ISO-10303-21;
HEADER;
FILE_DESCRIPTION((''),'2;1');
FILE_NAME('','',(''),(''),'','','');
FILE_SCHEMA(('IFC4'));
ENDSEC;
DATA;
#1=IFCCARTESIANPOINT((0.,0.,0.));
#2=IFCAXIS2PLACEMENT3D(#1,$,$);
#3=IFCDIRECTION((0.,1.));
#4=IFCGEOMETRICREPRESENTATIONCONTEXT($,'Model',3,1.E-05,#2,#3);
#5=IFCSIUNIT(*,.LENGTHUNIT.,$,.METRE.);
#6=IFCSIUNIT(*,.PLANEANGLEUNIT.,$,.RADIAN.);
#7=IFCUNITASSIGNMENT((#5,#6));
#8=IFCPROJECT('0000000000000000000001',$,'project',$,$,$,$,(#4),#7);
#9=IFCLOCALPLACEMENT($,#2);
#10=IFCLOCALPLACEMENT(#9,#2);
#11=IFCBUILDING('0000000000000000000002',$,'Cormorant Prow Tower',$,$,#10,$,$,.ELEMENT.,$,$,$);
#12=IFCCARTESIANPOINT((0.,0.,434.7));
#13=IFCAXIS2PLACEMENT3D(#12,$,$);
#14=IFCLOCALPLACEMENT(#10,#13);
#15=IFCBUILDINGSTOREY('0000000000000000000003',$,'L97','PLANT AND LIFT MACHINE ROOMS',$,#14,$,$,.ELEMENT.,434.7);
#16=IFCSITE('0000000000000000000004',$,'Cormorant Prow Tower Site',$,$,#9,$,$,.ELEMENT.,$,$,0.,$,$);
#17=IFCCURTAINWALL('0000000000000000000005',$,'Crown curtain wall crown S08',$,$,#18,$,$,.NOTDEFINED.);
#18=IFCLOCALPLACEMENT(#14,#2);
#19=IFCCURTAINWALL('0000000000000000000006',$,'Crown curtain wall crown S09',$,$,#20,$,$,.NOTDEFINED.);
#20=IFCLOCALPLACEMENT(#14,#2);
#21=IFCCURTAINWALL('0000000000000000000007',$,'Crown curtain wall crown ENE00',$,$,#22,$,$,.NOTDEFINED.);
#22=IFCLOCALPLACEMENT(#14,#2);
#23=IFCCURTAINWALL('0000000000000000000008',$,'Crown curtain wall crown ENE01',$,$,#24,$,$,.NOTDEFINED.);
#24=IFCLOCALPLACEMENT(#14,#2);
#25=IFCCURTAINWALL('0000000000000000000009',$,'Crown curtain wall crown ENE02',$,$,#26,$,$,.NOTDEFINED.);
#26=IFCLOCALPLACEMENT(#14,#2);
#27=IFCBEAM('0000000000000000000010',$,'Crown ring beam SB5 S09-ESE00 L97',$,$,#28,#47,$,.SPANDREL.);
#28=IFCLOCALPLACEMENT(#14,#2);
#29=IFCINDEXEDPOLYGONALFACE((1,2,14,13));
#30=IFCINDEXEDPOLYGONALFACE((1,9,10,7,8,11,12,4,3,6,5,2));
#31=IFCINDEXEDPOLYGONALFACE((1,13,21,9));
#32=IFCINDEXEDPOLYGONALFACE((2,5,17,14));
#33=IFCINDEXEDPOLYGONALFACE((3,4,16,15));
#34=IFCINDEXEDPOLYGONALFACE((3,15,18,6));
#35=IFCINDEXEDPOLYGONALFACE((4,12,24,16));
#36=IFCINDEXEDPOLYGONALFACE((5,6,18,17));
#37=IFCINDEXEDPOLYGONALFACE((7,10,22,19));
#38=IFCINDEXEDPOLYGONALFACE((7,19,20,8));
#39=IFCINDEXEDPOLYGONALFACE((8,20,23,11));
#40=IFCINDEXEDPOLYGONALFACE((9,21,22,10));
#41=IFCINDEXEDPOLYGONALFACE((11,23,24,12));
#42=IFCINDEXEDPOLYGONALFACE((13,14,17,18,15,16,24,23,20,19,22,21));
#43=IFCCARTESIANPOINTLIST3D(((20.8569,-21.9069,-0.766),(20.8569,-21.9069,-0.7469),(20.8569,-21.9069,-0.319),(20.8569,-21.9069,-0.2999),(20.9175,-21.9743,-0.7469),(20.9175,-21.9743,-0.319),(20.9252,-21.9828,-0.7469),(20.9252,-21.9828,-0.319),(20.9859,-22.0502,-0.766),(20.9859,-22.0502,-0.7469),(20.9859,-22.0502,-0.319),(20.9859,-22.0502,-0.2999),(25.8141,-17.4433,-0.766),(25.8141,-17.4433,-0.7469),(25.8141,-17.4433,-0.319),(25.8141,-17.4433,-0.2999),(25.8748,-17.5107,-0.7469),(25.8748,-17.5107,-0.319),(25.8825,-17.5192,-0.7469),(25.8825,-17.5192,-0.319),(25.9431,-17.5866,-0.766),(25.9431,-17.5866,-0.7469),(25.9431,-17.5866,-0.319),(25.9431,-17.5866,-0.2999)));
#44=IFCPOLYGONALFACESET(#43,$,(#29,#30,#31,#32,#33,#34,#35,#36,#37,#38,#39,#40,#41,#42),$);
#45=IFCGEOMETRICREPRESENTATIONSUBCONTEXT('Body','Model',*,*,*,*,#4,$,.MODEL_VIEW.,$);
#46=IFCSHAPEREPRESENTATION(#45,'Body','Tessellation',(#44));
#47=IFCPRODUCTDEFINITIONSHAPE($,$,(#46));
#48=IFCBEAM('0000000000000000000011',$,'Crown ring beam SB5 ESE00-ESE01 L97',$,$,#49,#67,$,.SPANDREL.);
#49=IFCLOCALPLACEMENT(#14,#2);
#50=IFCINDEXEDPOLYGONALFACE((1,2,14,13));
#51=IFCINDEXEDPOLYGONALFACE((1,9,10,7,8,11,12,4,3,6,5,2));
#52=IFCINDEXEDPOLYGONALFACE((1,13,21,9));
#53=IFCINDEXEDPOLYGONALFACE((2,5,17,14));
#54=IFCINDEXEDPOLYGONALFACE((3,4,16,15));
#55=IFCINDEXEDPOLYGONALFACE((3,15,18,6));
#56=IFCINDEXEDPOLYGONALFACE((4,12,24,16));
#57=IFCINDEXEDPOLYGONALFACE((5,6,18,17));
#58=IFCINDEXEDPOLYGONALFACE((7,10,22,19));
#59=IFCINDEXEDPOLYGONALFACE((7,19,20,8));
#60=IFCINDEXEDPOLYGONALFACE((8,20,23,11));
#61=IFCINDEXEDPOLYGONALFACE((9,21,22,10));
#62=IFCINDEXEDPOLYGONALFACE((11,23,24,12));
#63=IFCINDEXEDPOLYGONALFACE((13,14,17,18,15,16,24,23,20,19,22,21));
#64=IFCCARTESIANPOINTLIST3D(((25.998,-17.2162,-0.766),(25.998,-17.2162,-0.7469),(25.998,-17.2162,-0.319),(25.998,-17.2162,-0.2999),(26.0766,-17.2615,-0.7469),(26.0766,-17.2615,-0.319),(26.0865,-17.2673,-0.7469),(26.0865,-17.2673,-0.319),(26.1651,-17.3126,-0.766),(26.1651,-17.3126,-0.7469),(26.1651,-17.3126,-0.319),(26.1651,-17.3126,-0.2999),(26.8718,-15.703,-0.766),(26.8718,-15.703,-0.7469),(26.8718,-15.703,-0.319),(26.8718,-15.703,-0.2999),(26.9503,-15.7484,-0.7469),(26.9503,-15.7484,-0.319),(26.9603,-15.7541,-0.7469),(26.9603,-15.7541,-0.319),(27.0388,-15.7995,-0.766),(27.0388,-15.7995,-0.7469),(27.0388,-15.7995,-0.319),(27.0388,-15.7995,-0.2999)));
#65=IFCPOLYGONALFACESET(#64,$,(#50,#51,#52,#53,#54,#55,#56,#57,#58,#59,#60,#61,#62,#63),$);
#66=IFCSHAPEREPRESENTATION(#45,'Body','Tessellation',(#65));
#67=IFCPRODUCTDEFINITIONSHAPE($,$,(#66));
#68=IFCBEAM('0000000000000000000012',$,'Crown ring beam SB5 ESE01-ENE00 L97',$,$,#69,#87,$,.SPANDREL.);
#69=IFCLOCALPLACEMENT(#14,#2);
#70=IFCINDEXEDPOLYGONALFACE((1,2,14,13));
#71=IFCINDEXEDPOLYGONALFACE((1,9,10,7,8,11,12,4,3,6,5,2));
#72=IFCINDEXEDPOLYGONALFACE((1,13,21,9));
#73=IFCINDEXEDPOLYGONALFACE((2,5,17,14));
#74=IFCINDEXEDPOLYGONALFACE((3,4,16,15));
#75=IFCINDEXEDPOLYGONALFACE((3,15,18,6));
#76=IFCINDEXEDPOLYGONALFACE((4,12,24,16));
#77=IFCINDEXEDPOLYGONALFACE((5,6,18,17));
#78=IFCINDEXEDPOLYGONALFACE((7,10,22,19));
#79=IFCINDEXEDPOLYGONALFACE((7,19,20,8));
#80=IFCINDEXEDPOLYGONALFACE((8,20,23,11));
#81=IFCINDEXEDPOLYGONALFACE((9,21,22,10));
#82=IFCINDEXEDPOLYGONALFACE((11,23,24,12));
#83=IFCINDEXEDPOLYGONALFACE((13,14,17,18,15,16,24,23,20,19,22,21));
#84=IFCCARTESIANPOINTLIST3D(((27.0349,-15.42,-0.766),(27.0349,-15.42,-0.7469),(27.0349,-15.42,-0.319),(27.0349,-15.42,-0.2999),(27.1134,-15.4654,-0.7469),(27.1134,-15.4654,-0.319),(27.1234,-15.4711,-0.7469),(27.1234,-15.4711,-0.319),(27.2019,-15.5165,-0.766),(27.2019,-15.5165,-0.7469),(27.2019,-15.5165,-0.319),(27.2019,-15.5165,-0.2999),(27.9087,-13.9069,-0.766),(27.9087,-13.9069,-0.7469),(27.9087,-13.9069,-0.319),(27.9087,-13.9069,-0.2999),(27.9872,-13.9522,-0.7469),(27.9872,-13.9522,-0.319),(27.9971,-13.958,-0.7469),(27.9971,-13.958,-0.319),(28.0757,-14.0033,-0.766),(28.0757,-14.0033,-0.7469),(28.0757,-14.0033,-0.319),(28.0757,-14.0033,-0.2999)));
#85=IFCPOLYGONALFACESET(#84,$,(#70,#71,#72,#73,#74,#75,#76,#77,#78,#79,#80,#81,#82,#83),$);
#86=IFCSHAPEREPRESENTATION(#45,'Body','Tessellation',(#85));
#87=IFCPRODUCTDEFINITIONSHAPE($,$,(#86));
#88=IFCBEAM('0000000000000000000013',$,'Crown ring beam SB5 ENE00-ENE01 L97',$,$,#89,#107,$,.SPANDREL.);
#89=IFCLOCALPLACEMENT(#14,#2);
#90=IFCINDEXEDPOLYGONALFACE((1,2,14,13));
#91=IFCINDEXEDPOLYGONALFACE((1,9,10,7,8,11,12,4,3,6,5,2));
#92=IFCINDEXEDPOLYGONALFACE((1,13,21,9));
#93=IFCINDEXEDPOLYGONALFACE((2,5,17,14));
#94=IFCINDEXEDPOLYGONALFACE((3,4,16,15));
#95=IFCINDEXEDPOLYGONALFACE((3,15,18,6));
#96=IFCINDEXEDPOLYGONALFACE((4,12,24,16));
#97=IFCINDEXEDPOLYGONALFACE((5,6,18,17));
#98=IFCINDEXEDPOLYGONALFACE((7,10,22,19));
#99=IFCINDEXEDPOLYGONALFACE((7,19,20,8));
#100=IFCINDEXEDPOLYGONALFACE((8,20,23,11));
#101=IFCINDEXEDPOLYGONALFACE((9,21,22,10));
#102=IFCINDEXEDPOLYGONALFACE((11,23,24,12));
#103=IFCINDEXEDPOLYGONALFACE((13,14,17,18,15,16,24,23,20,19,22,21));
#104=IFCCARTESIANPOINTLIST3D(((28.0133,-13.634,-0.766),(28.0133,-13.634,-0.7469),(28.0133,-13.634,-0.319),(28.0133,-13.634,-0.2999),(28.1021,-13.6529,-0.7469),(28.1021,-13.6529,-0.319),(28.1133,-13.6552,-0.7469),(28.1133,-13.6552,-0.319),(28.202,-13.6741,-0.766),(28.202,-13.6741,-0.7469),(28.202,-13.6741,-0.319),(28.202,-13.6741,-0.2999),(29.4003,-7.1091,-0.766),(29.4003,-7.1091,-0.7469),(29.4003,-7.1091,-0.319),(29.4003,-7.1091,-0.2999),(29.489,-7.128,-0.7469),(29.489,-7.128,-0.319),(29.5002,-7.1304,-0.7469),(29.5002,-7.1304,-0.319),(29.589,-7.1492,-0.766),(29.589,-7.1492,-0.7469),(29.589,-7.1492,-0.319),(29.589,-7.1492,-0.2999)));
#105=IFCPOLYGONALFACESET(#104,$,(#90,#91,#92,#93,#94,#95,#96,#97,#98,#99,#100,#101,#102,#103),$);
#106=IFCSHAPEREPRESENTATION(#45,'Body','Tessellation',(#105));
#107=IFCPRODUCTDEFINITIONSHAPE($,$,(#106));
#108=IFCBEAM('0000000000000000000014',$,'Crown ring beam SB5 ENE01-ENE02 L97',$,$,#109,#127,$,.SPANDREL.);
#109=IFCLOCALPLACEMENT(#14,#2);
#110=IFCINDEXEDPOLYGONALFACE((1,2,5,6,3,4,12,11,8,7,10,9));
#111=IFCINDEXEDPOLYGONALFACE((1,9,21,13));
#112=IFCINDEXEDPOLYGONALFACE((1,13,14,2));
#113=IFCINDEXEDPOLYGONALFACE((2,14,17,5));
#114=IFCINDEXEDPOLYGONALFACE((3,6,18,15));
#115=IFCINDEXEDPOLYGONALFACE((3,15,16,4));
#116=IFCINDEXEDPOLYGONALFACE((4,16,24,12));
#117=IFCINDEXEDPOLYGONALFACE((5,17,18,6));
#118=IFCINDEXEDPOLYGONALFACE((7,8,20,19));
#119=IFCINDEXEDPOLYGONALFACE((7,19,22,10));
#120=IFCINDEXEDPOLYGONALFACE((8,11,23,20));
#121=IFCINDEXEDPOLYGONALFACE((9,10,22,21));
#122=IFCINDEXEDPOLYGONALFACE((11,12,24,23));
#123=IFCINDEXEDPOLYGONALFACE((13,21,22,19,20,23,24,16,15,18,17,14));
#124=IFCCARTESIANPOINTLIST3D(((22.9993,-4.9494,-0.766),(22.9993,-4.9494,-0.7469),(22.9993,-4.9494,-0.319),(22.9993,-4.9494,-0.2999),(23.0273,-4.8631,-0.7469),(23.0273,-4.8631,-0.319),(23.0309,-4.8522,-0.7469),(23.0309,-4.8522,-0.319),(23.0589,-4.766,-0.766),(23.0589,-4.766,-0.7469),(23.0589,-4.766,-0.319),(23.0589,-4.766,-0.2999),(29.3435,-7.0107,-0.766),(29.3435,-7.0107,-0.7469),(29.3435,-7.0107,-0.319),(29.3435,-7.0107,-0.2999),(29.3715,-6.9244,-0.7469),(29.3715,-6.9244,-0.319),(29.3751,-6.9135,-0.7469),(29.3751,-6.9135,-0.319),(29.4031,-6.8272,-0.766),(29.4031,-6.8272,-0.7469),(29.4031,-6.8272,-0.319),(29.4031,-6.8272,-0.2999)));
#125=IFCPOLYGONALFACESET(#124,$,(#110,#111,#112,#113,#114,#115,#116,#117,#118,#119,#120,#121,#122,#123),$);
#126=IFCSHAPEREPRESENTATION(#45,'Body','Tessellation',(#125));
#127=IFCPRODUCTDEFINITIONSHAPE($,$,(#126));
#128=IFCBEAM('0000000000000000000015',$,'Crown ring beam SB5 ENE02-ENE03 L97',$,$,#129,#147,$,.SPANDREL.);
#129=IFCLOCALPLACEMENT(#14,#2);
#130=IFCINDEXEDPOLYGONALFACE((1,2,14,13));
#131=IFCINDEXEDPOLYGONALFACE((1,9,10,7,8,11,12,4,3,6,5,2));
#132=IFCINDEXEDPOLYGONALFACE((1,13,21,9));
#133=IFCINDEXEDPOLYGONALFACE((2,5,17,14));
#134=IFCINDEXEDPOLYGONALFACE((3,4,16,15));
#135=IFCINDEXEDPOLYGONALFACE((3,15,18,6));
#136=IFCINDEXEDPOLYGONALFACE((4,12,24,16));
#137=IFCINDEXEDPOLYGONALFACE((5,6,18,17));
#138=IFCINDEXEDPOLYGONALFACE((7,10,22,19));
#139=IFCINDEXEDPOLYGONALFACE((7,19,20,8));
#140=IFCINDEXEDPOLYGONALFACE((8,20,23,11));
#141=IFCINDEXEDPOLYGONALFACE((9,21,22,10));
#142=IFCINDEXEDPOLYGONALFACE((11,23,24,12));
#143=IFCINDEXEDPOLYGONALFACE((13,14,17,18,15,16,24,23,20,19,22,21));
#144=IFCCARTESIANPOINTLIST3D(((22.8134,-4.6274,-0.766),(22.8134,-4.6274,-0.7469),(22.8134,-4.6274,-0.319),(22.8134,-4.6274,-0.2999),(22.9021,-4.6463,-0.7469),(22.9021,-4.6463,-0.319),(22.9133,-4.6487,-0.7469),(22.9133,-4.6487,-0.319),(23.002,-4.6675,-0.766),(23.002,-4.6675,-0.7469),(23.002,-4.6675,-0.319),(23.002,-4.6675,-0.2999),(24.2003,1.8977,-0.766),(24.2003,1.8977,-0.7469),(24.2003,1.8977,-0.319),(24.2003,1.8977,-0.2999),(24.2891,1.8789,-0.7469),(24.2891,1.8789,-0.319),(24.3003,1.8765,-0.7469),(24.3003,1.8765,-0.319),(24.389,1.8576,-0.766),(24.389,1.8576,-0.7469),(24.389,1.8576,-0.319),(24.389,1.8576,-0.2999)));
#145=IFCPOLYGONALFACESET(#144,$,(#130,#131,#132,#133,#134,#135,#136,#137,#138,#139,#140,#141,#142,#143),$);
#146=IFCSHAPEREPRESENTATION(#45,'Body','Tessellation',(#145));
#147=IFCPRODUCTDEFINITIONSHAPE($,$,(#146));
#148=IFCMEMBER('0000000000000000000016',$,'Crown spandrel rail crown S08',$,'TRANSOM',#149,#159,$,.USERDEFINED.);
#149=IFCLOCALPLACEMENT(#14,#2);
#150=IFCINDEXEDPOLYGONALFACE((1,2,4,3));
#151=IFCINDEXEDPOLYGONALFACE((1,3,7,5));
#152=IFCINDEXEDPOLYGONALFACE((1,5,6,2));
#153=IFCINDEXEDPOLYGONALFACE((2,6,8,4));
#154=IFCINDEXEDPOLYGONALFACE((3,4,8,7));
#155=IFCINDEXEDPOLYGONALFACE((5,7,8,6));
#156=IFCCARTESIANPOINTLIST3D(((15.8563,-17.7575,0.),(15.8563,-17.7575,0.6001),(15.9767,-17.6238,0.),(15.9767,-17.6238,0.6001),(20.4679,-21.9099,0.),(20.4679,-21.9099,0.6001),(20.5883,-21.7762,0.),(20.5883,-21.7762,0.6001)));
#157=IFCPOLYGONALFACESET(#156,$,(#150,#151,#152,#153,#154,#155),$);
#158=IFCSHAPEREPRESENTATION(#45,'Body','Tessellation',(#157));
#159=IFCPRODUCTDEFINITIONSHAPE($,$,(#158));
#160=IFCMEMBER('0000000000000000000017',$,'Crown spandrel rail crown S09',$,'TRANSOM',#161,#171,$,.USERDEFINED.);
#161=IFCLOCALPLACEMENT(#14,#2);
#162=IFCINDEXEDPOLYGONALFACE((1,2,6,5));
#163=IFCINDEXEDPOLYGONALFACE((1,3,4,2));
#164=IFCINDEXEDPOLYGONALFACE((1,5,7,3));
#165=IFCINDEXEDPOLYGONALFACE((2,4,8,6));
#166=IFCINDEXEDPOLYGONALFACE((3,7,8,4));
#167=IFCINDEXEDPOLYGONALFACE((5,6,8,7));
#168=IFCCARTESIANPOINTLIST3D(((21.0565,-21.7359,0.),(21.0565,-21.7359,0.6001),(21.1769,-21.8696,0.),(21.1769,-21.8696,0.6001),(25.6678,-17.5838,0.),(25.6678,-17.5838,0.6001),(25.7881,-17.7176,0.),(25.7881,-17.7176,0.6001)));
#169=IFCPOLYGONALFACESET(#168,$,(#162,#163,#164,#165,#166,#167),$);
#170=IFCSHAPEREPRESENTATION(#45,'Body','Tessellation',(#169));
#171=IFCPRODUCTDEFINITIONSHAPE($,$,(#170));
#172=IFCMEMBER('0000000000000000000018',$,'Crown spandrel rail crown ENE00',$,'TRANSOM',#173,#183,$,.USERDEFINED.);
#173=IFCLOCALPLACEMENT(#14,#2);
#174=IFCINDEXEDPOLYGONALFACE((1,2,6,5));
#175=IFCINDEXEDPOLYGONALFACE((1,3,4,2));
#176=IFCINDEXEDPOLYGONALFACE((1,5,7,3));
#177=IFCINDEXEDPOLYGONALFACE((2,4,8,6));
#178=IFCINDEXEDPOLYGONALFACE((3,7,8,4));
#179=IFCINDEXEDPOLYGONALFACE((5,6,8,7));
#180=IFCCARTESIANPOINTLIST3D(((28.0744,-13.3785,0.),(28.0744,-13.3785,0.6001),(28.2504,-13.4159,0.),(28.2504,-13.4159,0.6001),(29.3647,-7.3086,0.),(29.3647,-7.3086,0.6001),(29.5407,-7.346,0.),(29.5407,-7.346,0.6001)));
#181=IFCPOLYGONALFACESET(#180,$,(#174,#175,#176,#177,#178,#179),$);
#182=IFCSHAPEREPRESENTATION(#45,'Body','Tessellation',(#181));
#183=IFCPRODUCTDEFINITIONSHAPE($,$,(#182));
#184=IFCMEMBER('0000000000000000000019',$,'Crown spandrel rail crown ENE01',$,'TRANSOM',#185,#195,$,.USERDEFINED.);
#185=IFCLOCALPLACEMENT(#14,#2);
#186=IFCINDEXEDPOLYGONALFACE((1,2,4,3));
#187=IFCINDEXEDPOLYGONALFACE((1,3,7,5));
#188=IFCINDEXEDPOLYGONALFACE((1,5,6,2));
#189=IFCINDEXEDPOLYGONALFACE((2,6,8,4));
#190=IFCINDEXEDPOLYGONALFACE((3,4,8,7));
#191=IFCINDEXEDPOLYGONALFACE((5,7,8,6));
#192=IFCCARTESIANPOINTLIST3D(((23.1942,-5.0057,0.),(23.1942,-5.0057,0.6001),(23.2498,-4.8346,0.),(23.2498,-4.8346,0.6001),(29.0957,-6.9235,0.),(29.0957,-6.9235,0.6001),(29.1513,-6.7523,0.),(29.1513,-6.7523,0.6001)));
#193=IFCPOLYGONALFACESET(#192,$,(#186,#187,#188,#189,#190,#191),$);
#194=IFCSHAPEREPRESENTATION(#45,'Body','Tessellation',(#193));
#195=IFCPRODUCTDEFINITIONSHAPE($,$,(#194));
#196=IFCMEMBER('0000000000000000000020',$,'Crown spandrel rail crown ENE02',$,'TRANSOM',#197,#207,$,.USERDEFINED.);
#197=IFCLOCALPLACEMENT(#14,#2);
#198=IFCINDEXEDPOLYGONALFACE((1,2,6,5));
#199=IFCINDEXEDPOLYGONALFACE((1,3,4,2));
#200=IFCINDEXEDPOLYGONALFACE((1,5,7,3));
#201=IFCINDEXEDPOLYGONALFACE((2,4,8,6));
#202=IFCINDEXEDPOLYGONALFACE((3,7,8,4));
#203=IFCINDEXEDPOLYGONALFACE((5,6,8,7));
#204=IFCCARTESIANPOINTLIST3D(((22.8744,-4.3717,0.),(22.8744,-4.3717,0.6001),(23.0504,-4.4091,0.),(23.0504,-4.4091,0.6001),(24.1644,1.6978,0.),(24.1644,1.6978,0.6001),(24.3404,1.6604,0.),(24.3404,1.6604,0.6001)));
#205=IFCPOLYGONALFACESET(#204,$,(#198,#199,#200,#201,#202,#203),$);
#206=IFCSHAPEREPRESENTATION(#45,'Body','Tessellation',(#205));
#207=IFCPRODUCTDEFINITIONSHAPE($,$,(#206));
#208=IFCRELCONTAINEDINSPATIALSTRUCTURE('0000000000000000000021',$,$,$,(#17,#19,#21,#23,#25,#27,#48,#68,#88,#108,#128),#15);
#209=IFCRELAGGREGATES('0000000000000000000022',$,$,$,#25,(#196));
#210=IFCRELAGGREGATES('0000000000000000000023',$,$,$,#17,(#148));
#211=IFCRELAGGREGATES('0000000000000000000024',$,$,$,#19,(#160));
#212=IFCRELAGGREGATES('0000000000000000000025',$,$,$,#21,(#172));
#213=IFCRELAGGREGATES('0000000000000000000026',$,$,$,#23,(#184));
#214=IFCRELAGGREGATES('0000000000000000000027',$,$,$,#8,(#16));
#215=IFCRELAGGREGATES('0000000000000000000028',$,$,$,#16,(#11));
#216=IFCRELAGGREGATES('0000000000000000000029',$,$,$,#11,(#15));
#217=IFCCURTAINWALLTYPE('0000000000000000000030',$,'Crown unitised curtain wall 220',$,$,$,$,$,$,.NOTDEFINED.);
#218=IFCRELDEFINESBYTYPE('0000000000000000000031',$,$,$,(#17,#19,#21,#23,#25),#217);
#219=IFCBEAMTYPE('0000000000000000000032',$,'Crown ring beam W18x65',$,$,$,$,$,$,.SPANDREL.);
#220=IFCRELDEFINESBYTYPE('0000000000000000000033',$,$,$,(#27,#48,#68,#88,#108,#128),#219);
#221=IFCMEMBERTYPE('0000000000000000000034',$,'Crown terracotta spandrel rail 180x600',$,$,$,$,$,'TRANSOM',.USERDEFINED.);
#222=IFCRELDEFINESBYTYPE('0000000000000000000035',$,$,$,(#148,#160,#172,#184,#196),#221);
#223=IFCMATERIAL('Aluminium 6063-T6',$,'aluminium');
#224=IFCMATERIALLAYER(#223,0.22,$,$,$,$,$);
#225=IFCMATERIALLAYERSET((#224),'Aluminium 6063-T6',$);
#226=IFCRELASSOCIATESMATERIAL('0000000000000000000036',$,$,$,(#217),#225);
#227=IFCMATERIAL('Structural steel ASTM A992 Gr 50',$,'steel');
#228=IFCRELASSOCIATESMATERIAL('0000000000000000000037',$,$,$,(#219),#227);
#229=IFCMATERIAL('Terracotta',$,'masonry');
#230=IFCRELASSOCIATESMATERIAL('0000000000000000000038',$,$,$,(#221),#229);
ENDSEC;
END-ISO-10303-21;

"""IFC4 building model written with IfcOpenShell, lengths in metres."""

from ifc_helpers import new_model, si_unit, direction, frame, origin, origin_2d, place, context, subcontext, project, spatial, rectangle, i_section, extrude, material, layer, layer_set, material_profile, profile_set, type_object, element, aggregate, save


model = new_model("IFC4")

# Units and contexts
model_context = context("Model", 3, precision=1e-05, world=origin(), true_north=direction((0.0, 1.0)))
body_context = subcontext(model_context, "Body", "Model", "MODEL_VIEW")
ifc_project = project(units=[si_unit("LENGTHUNIT", "METRE"), si_unit("PLANEANGLEUNIT", "RADIAN")], contexts=[model_context])

# Site, building, storey
site_placement = place(None, origin())
site = spatial("IfcSite", under=ifc_project, at=site_placement, Name="Cormorant Prow Tower Site", CompositionType="ELEMENT", RefElevation=0.0)
building_placement = place(site_placement, origin())
building = spatial("IfcBuilding", under=site, at=building_placement, Name="Cormorant Prow Tower", CompositionType="ELEMENT")
storey_placement = place(building_placement, frame((0.0, 0.0, 434.7)))
storey = spatial("IfcBuildingStorey", under=building, at=storey_placement, Name="L97", Description="PLANT AND LIFT MACHINE ROOMS", CompositionType="ELEMENT", Elevation=434.7)

# Curtain walls
ifc_material_1 = material(Name="Aluminium 6063-T6", Category="aluminium")
ifc_layer_1 = layer(ifc_material_1, 0.22)
ifc_layer_set_1 = layer_set([ifc_layer_1], Name="Aluminium 6063-T6")
curtain_wall_type = type_object("IfcCurtainWallType", Name="Crown unitised curtain wall 220", PredefinedType="NOTDEFINED", material=ifc_layer_set_1)
curtain_wall_1_placement = place(storey_placement, origin())
curtain_wall_1 = element("IfcCurtainWall", 1, at=curtain_wall_1_placement, inside=storey, type_object=curtain_wall_type, Name="Crown curtain wall crown S08", PredefinedType="NOTDEFINED")
curtain_wall_2_placement = place(storey_placement, origin())
curtain_wall_2 = element("IfcCurtainWall", 2, at=curtain_wall_2_placement, inside=storey, type_object=curtain_wall_type, Name="Crown curtain wall crown S09", PredefinedType="NOTDEFINED")
curtain_wall_3_placement = place(storey_placement, origin())
curtain_wall_3 = element("IfcCurtainWall", 3, at=curtain_wall_3_placement, inside=storey, type_object=curtain_wall_type, Name="Crown curtain wall crown ENE00", PredefinedType="NOTDEFINED")
curtain_wall_4_placement = place(storey_placement, origin())
curtain_wall_4 = element("IfcCurtainWall", 4, at=curtain_wall_4_placement, inside=storey, type_object=curtain_wall_type, Name="Crown curtain wall crown ENE01", PredefinedType="NOTDEFINED")
curtain_wall_5_placement = place(storey_placement, origin())
curtain_wall_5 = element("IfcCurtainWall", 5, at=curtain_wall_5_placement, inside=storey, type_object=curtain_wall_type, Name="Crown curtain wall crown ENE02", PredefinedType="NOTDEFINED")

# Beams
ifc_material_2 = material(Name="Structural steel ASTM A992 Gr 50", Category="steel")
ifc_material_profile_1 = material_profile(ifc_material_2, i_section(OverallWidth=0.1929, OverallDepth=0.4661, WebThickness=0.0115, FlangeThickness=0.019, at=origin_2d()), Name="W18x65")
ifc_profile_set_1 = profile_set([ifc_material_profile_1], Name="Structural steel ASTM A992 Gr 50")
beam_type = type_object("IfcBeamType", Name="Crown ring beam W18x65", PredefinedType="SPANDREL", material=ifc_profile_set_1)
beam_1_placement = place(storey_placement, frame((20.9214, -21.9785, -0.533), z_axis=(0.743139, 0.669137, 0.0), x_axis=(-0.669137, 0.743139, 0.0)))
element("IfcBeam", 6, at=beam_1_placement, inside=storey, type_object=beam_type, Name="Crown ring beam SB5 S09-ESE00 L97", PredefinedType="SPANDREL", context=body_context, shape_type="SweptSolid", body=[
    extrude(i_section(OverallWidth=0.1929, OverallDepth=0.4661, WebThickness=0.0115, FlangeThickness=0.019, at=origin_2d()), origin(), (0.0, 0.0, 1.0), 6.6707),
])
for number, where, z_axis, x_axis, name in (
    (7, (26.0815, -17.2644, -0.533), (0.500061, 0.86599, 0.0), (-0.86599, 0.500061, 0.0), "Crown ring beam SB5 ESE00-ESE01 L97"),
    (8, (27.1184, -15.4683, -0.533), (0.500061, 0.86599, 0.0), (-0.86599, 0.500061, 0.0), "Crown ring beam SB5 ESE01-ENE00 L97"),
):
    element("IfcBeam", number, at=place(storey_placement, frame(where, z_axis=z_axis, x_axis=x_axis)), inside=storey, type_object=beam_type, Name=name, PredefinedType="SPANDREL", context=body_context, shape_type="SweptSolid", body=[
        extrude(i_section(OverallWidth=0.1929, OverallDepth=0.4661, WebThickness=0.0115, FlangeThickness=0.019, at=origin_2d()), origin(), (0.0, 0.0, 1.0), 1.7473),
    ])
for number, where, z_axis, x_axis, name in (
    (9, (28.1077, -13.6541, -0.533), (0.207919, 0.978146, 0.0), (-0.978146, 0.207919, 0.0), "Crown ring beam SB5 ENE00-ENE01 L97"),
    (10, (29.3733, -6.9189, -0.533), (-0.95106, 0.309005, 0.0), (-0.309005, -0.95106, 0.0), "Crown ring beam SB5 ENE01-ENE02 L97"),
):
    element("IfcBeam", number, at=place(storey_placement, frame(where, z_axis=z_axis, x_axis=x_axis)), inside=storey, type_object=beam_type, Name=name, PredefinedType="SPANDREL", context=body_context, shape_type="SweptSolid", body=[
        extrude(i_section(OverallWidth=0.1929, OverallDepth=0.4661, WebThickness=0.0115, FlangeThickness=0.019, at=origin_2d()), origin(), (0.0, 0.0, 1.0), 6.6707),
    ])
beam_2_placement = place(storey_placement, frame((22.9077, -4.6475, -0.533), z_axis=(0.207912, 0.978148, 0.0), x_axis=(-0.978148, 0.207912, 0.0)))
element("IfcBeam", 11, at=beam_2_placement, inside=storey, type_object=beam_type, Name="Crown ring beam SB5 ENE02-ENE03 L97", PredefinedType="SPANDREL", context=body_context, shape_type="SweptSolid", body=[
    extrude(i_section(OverallWidth=0.1929, OverallDepth=0.4661, WebThickness=0.0115, FlangeThickness=0.019, at=origin_2d()), origin(), (0.0, 0.0, 1.0), 6.6709),
])

# Members
ifc_material_3 = material(Name="Terracotta", Category="masonry")
ifc_material_profile_2 = material_profile(ifc_material_3, rectangle(XDim=0.1799, YDim=0.6001, at=origin_2d()), Name="Crown terracotta spandrel rail 180x600")
ifc_profile_set_2 = profile_set([ifc_material_profile_2], Name="Terracotta")
member_type_1 = type_object("IfcMemberType", Name="Crown terracotta spandrel rail 180x600", ElementType="TRANSOM", PredefinedType="USERDEFINED", material=ifc_profile_set_2)
member_1_placement = place(storey_placement, frame((15.9165, -17.6907, 0.3), z_axis=(0.74314, -0.669136, 0.0), x_axis=(0.669136, 0.74314, 0.0)))
member_1 = element("IfcMember", 12, at=member_1_placement, type_object=member_type_1, Name="Crown spandrel rail crown S08", ObjectType="TRANSOM", PredefinedType="USERDEFINED", context=body_context, shape_type="SweptSolid", body=[
    extrude(rectangle(XDim=0.1799, YDim=0.6001, at=origin_2d()), origin(), (0.0, 0.0, 1.0), 6.2056),
])
member_2_placement = place(storey_placement, frame((21.1167, -21.8027, 0.3), z_axis=(0.743142, 0.669134, 0.0), x_axis=(-0.669134, 0.743142, 0.0)))
member_2 = element("IfcMember", 13, at=member_2_placement, type_object=member_type_1, Name="Crown spandrel rail crown S09", ObjectType="TRANSOM", PredefinedType="USERDEFINED", context=body_context, shape_type="SweptSolid", body=[
    extrude(rectangle(XDim=0.1799, YDim=0.6001, at=origin_2d()), origin(), (0.0, 0.0, 1.0), 6.2051),
])
member_3_placement = place(storey_placement, frame((28.1624, -13.3972, 0.3), z_axis=(0.207927, 0.978144, 0.0), x_axis=(-0.978144, 0.207927, 0.0)))
member_3 = element("IfcMember", 14, at=member_3_placement, type_object=member_type_1, Name="Crown spandrel rail crown ENE00", ObjectType="TRANSOM", PredefinedType="USERDEFINED", context=body_context, shape_type="SweptSolid", body=[
    extrude(rectangle(XDim=0.1799, YDim=0.6001, at=origin_2d()), origin(), (0.0, 0.0, 1.0), 6.2056),
])
member_4_placement = place(storey_placement, frame((29.1235, -6.8379, 0.3), z_axis=(-0.951048, 0.309042, 0.0), x_axis=(-0.309042, -0.951048, 0.0)))
member_4 = element("IfcMember", 15, at=member_4_placement, type_object=member_type_1, Name="Crown spandrel rail crown ENE01", ObjectType="TRANSOM", PredefinedType="USERDEFINED", context=body_context, shape_type="SweptSolid", body=[
    extrude(rectangle(XDim=0.1799, YDim=0.6001, at=origin_2d()), origin(), (0.0, 0.0, 1.0), 6.2053),
])
member_5_placement = place(storey_placement, frame((22.9624, -4.3904, 0.3), z_axis=(0.207898, 0.978151, 0.0), x_axis=(-0.978151, 0.207898, 0.0)))
member_5 = element("IfcMember", 16, at=member_5_placement, type_object=member_type_1, Name="Crown spandrel rail crown ENE02", ObjectType="TRANSOM", PredefinedType="USERDEFINED", context=body_context, shape_type="SweptSolid", body=[
    extrude(rectangle(XDim=0.1799, YDim=0.6001, at=origin_2d()), origin(), (0.0, 0.0, 1.0), 6.2051),
])
aggregate(curtain_wall_5, [member_5])

aggregate(curtain_wall_1, [member_1])
aggregate(curtain_wall_2, [member_2])
aggregate(curtain_wall_3, [member_3])
aggregate(curtain_wall_4, [member_4])

save(model, "model.ifc")
